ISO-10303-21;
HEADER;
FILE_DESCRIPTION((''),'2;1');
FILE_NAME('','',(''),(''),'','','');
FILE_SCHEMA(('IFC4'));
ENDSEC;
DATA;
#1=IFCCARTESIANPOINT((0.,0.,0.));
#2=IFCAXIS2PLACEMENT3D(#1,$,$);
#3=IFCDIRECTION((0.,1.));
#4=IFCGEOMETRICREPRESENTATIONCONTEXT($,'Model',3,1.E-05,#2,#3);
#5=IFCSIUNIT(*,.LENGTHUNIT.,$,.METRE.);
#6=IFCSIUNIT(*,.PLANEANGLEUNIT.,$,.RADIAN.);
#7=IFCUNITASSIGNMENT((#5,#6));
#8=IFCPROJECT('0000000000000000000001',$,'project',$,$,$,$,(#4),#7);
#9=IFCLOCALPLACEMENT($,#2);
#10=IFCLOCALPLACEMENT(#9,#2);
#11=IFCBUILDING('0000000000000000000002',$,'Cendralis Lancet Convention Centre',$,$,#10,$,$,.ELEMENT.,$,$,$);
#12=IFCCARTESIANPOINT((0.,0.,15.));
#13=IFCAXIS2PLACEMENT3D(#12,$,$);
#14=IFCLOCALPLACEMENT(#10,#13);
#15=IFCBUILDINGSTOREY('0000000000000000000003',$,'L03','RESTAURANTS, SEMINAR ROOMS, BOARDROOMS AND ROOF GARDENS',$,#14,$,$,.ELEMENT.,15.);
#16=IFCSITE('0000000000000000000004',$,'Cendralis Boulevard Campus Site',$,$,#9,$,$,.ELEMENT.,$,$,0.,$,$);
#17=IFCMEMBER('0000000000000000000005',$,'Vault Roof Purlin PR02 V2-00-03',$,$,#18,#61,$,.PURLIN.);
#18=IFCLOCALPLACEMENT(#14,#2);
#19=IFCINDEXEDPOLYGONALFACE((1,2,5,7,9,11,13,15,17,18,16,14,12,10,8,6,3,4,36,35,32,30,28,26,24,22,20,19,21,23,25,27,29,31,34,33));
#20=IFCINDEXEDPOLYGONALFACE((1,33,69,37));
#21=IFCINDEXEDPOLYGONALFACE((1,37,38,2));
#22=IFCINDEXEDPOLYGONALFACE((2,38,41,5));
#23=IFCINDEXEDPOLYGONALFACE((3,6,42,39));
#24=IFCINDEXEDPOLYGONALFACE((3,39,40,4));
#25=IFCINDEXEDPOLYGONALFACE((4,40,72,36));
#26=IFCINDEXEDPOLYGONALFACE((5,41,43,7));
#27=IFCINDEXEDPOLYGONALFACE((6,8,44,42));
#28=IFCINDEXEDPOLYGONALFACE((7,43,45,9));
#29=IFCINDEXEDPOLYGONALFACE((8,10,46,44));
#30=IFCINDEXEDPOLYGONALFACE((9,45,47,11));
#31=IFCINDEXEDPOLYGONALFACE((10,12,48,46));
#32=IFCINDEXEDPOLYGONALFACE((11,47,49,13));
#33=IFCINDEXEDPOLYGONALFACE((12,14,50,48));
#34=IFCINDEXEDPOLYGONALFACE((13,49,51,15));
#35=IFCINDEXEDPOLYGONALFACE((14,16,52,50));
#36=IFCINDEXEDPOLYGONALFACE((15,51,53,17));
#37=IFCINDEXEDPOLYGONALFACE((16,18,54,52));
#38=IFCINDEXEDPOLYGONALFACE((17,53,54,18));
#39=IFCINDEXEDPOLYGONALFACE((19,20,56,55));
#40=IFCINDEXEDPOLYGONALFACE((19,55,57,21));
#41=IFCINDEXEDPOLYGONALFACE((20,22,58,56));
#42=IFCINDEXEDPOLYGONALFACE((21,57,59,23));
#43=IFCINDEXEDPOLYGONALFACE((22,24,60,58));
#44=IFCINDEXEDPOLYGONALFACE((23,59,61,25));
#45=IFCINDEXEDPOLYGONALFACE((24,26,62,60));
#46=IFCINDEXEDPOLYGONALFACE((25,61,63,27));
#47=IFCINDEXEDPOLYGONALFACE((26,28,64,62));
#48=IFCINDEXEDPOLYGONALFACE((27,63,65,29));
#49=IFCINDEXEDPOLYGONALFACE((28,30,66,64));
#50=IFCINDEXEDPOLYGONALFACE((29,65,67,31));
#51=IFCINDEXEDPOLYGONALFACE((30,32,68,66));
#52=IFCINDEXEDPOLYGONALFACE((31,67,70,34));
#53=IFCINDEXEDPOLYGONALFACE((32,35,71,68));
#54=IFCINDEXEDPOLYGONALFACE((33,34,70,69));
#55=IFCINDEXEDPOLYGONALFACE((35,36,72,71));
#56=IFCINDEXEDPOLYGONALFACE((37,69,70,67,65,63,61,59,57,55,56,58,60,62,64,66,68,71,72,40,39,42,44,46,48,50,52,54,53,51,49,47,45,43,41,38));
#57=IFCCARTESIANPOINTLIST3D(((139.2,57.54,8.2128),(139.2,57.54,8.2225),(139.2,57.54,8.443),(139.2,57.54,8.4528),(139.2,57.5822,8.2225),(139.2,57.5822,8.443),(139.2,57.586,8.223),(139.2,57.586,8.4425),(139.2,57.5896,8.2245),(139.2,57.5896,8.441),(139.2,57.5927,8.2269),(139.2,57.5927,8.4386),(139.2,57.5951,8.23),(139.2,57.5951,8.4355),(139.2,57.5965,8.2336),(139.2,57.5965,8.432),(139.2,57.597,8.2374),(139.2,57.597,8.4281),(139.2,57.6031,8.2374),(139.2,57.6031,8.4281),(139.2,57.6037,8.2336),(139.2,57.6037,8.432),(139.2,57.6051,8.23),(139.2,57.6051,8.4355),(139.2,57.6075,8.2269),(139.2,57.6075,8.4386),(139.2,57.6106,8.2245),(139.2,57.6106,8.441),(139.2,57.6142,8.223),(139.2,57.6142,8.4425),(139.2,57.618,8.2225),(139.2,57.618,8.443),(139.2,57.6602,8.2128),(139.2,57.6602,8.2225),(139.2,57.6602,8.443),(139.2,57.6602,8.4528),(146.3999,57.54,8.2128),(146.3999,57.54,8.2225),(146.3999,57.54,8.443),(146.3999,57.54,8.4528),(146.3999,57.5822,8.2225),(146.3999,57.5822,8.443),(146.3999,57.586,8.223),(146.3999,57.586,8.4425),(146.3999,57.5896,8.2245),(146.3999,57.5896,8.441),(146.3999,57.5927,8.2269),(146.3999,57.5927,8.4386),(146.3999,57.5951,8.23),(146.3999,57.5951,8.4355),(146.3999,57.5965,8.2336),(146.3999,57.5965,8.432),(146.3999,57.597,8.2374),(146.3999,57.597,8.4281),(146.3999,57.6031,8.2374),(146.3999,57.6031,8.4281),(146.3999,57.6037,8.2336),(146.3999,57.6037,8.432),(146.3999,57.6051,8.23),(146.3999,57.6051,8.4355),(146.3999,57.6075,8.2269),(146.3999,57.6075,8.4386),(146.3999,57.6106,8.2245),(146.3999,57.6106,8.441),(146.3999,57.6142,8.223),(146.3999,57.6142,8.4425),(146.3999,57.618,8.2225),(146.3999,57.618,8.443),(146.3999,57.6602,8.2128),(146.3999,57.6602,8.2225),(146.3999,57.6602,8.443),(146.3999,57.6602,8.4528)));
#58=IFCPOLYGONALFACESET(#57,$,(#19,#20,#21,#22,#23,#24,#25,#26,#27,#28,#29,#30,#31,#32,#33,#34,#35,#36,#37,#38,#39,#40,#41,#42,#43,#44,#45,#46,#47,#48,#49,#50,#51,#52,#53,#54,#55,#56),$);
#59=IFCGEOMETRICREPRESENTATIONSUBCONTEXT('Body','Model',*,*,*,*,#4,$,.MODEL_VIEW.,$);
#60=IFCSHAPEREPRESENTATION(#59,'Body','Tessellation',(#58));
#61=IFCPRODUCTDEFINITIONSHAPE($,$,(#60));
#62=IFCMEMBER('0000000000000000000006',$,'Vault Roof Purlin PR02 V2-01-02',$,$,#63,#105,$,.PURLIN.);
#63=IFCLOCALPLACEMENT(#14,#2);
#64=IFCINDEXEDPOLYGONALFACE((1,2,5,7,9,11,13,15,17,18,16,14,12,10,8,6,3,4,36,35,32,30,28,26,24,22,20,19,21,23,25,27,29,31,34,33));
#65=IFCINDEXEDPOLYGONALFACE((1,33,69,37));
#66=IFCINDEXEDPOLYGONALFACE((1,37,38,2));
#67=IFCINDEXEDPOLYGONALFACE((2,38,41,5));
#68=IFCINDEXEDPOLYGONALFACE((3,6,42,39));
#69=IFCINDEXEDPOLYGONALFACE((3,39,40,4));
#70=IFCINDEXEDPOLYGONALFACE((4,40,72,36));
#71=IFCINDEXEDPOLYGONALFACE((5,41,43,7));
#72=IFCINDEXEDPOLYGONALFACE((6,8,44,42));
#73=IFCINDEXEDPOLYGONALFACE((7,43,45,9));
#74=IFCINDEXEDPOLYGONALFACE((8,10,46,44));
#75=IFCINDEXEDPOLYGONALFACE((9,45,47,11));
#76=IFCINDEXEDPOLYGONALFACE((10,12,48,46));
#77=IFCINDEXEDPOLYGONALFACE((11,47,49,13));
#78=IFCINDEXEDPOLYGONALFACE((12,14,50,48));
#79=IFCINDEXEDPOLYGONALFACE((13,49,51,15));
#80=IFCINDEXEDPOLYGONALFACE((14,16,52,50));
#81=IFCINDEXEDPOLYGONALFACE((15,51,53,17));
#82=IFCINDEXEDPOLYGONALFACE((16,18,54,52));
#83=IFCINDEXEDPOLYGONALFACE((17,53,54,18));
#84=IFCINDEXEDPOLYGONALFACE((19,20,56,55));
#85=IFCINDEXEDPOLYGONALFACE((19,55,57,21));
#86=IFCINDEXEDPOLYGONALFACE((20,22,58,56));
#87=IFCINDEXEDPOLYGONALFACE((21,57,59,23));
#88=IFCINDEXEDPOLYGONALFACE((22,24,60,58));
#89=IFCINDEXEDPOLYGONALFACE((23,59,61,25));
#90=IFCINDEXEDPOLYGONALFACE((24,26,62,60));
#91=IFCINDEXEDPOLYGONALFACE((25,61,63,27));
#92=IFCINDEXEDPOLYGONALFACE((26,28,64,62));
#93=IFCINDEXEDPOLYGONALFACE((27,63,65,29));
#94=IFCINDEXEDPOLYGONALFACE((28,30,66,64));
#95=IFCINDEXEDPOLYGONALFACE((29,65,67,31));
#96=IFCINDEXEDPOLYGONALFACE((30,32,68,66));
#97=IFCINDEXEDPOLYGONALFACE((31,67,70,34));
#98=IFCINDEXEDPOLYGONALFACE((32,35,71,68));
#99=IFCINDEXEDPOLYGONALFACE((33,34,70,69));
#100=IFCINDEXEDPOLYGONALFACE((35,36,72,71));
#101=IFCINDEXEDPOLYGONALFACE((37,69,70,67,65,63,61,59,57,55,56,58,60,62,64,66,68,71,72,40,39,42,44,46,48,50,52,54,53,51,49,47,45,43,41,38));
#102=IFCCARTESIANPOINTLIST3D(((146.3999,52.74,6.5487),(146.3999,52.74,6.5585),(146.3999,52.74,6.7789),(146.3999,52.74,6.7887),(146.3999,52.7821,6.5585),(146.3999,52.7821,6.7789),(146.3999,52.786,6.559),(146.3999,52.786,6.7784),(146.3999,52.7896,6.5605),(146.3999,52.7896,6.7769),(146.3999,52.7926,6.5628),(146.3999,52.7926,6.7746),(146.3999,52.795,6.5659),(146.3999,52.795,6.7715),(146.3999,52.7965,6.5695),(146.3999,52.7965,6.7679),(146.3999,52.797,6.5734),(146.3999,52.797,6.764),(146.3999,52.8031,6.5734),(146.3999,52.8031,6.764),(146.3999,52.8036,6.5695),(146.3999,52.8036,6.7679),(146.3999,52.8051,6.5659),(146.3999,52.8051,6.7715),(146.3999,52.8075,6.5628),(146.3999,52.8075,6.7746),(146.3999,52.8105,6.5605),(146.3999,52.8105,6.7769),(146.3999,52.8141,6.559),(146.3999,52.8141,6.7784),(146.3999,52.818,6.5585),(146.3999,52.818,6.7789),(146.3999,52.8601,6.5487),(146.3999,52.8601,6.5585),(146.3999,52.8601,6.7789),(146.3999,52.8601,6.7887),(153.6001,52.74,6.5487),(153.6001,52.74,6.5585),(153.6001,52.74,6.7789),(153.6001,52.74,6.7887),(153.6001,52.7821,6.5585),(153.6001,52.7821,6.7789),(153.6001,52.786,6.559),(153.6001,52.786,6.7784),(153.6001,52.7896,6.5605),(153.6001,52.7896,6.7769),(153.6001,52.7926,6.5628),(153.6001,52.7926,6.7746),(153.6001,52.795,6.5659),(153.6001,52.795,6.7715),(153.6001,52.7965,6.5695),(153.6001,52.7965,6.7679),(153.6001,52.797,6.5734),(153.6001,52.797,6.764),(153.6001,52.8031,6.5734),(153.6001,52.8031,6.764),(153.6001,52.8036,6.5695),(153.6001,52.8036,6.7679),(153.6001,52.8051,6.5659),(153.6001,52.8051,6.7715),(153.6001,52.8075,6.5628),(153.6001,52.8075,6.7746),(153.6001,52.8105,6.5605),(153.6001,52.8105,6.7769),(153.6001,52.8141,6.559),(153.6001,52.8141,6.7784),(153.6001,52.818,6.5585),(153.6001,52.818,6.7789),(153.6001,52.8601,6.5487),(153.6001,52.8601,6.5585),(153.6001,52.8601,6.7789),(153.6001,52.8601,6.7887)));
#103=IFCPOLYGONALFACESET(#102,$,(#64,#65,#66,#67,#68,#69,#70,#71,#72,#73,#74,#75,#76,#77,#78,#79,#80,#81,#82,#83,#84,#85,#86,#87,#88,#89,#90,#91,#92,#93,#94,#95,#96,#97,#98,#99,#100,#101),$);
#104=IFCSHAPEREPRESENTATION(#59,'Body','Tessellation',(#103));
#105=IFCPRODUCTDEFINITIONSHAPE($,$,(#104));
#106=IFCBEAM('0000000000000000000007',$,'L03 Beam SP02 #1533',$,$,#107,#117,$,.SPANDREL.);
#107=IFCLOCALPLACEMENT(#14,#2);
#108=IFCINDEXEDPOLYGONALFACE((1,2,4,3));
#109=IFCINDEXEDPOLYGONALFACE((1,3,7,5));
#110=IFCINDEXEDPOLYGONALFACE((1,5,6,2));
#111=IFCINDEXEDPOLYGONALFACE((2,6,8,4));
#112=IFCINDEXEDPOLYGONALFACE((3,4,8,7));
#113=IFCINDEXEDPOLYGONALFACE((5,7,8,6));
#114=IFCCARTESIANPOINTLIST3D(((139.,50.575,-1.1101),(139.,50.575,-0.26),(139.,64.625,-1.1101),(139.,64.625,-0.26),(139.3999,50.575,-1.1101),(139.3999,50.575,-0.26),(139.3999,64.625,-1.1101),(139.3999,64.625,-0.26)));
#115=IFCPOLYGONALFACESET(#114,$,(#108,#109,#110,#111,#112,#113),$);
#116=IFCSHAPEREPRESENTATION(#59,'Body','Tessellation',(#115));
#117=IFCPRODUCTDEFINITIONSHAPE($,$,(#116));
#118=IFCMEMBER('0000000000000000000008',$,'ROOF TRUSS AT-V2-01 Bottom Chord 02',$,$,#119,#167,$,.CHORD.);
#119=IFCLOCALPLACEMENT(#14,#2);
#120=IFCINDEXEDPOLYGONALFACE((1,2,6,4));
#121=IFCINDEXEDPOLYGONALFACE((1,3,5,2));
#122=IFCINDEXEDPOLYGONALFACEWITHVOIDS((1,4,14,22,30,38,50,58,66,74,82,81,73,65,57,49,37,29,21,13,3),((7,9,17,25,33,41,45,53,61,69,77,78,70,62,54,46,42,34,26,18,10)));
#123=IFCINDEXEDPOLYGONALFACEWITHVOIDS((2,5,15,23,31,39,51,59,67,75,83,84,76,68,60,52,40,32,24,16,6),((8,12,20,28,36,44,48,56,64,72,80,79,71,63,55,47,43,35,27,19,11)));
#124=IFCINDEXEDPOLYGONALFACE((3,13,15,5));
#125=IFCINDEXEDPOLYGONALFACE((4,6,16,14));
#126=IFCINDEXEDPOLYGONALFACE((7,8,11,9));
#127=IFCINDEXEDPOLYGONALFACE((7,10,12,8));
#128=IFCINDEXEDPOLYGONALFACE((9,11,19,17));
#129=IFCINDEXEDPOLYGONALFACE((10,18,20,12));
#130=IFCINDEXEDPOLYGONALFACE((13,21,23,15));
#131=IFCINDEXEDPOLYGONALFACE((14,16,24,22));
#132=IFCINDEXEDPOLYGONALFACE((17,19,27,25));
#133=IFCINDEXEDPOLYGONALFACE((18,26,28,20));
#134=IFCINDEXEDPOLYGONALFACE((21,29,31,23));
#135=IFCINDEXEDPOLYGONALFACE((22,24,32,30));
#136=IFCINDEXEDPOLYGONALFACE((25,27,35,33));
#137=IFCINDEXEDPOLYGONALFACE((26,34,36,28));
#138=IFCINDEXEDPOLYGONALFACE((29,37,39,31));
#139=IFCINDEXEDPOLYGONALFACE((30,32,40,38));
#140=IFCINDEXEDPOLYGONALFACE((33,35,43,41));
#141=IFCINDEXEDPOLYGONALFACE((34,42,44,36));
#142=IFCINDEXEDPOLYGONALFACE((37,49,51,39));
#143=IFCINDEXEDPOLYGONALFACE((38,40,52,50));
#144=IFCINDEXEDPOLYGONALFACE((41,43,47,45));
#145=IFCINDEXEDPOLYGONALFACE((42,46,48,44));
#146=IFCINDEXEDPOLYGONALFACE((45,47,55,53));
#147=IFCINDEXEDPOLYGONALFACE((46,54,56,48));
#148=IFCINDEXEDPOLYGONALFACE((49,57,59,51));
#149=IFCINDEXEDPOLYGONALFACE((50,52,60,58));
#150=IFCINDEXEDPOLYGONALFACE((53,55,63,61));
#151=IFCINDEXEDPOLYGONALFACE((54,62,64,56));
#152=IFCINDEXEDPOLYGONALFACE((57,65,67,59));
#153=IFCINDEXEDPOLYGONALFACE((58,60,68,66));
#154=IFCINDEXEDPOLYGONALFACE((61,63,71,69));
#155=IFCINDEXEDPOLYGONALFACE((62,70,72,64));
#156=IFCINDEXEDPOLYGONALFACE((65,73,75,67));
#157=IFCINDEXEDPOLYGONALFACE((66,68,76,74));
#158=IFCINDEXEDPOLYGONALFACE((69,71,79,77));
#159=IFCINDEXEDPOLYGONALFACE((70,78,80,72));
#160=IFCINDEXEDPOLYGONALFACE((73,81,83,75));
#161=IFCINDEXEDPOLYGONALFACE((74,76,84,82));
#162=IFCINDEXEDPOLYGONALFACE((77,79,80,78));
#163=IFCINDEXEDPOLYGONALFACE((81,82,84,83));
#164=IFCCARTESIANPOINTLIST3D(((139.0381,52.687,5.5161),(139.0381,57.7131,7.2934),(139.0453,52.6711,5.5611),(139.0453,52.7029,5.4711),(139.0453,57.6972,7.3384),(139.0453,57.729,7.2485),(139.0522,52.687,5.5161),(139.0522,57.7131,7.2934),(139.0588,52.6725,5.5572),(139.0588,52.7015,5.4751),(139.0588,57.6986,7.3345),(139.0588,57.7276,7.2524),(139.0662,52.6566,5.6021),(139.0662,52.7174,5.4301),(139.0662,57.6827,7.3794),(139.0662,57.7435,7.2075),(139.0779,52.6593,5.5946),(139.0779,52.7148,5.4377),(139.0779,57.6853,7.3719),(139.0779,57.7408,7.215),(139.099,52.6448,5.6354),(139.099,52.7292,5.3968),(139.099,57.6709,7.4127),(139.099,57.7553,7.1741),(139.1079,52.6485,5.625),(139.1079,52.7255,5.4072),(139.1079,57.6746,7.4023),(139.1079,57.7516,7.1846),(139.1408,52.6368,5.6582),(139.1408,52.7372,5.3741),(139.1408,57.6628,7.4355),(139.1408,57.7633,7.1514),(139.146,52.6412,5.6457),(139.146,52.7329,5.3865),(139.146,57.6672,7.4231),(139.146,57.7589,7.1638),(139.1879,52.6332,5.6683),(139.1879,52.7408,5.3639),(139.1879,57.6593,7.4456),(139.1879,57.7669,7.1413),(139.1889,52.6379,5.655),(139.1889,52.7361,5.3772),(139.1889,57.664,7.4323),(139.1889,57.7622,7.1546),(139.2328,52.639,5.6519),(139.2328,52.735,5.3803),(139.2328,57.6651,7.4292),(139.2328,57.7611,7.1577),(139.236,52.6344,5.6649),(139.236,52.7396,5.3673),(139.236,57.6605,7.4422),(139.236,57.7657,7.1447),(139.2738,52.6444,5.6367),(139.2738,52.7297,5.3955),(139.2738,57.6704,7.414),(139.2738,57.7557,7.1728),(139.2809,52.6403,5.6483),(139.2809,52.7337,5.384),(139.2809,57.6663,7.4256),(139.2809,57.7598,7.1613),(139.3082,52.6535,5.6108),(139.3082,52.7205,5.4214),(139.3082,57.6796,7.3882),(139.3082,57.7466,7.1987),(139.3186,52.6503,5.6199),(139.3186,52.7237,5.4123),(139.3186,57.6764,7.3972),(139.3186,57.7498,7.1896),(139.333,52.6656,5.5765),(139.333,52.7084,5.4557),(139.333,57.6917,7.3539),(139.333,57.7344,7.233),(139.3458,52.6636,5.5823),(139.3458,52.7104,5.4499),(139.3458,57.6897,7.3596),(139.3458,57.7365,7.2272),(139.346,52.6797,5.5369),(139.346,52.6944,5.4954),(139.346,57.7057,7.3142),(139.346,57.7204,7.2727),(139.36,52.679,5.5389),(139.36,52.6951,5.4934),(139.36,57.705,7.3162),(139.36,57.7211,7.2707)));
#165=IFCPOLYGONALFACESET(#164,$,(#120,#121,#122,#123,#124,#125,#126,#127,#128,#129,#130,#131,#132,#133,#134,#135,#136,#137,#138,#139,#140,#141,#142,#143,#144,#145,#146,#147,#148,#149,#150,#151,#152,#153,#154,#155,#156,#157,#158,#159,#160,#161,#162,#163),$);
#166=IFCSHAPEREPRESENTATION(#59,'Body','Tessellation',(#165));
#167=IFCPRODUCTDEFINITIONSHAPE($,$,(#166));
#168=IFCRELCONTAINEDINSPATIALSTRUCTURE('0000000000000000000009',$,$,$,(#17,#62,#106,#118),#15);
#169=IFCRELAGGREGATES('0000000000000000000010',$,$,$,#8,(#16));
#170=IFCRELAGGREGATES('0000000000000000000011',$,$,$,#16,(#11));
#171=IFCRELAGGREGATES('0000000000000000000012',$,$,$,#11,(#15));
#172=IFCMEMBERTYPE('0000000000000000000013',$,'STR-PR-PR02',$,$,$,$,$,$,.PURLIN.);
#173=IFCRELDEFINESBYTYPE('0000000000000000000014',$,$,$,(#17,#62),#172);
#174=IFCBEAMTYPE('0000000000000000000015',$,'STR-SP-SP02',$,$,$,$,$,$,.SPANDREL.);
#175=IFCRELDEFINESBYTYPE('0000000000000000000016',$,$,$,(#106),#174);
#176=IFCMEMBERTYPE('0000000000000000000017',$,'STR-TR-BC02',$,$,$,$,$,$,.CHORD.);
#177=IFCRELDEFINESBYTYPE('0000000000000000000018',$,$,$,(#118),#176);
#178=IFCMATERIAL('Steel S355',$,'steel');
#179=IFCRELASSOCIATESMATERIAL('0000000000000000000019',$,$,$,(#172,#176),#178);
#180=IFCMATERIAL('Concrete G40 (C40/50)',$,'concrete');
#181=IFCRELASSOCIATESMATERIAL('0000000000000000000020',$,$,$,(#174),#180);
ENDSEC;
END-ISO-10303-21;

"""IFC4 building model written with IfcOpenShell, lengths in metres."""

from ifc_helpers import new_model, si_unit, direction, frame, origin, origin_2d, place, context, subcontext, project, spatial, rectangle, hollow_circle, i_section, extrude, material, material_profile, profile_set, type_object, element, save


model = new_model("IFC4")

# Units and contexts
model_context = context("Model", 3, precision=1e-05, world=origin(), true_north=direction((0.0, 1.0)))
body_context = subcontext(model_context, "Body", "Model", "MODEL_VIEW")
ifc_project = project(units=[si_unit("LENGTHUNIT", "METRE"), si_unit("PLANEANGLEUNIT", "RADIAN")], contexts=[model_context])

# Site, building, storey
site_placement = place(None, origin())
site = spatial("IfcSite", under=ifc_project, at=site_placement, Name="Cendralis Boulevard Campus Site", CompositionType="ELEMENT", RefElevation=0.0)
building_placement = place(site_placement, origin())
building = spatial("IfcBuilding", under=site, at=building_placement, Name="Cendralis Lancet Convention Centre", CompositionType="ELEMENT")
storey_placement = place(building_placement, frame((0.0, 0.0, 15.0)))
storey = spatial("IfcBuildingStorey", under=building, at=storey_placement, Name="L03", Description="RESTAURANTS, SEMINAR ROOMS, BOARDROOMS AND ROOF GARDENS", CompositionType="ELEMENT", Elevation=15.0)

# Shared definitions
ifc_material_1 = material(Name="Steel S355", Category="steel")

# Shared definitions
ifc_material_2 = material(Name="Concrete G40 (C40/50)", Category="concrete")

# Members
ifc_material_profile_1 = material_profile(ifc_material_1, i_section(OverallWidth=0.1201, OverallDepth=0.24, WebThickness=0.0061, FlangeThickness=0.0098, FilletRadius=0.0149, at=origin_2d()), Name="IPE 240")
ifc_profile_set_1 = profile_set([ifc_material_profile_1], Name="Steel S355")
member_type_1 = type_object("IfcMemberType", Name="STR-PR-PR02", PredefinedType="PURLIN", material=ifc_profile_set_1)
for number, where, z_axis, x_axis, name in (
    (1, (139.2, 57.6001, 8.3328), (1.0, 0.0, 0.0), (0.0, 1.0, 0.0), "Vault Roof Purlin PR02 V2-00-03"),
):
    element("IfcMember", number, at=place(storey_placement, frame(where, z_axis=z_axis, x_axis=x_axis)), inside=storey, type_object=member_type_1, Name=name, PredefinedType="PURLIN", context=body_context, shape_type="SweptSolid", body=[
        extrude(i_section(OverallWidth=0.1201, OverallDepth=0.24, WebThickness=0.0061, FlangeThickness=0.0098, FilletRadius=0.0149, at=origin_2d()), origin(), (0.0, 0.0, 1.0), 7.2),
    ])
member_1_placement = place(storey_placement, frame((146.3999, 52.8, 6.6687), z_axis=(1.0, 0.0, 0.0), x_axis=(0.0, 1.0, 0.0)))
element("IfcMember", 2, at=member_1_placement, inside=storey, type_object=member_type_1, Name="Vault Roof Purlin PR02 V2-01-02", PredefinedType="PURLIN", context=body_context, shape_type="SweptSolid", body=[
    extrude(i_section(OverallWidth=0.1201, OverallDepth=0.24, WebThickness=0.0061, FlangeThickness=0.0098, FilletRadius=0.0149, at=origin_2d()), origin(), (0.0, 0.0, 1.0), 7.2002),
])

# Beam
ifc_material_profile_2 = material_profile(ifc_material_2, rectangle(XDim=0.3999, YDim=0.8501, at=origin_2d()), Name="RCB 400x850")
ifc_profile_set_2 = profile_set([ifc_material_profile_2], Name="Concrete G40 (C40/50)")
beam_type_1 = type_object("IfcBeamType", Name="STR-SP-SP02", PredefinedType="SPANDREL", material=ifc_profile_set_2)
beam_1_placement = place(storey_placement, frame((139.2, 50.575, -0.6851), z_axis=(0.0, 1.0, 0.0), x_axis=(-1.0, 0.0, 0.0)))
element("IfcBeam", 3, at=beam_1_placement, inside=storey, type_object=beam_type_1, Name="L03 Beam SP02 #1533", PredefinedType="SPANDREL", context=body_context, shape_type="SweptSolid", body=[
    extrude(rectangle(XDim=0.3999, YDim=0.8501, at=origin_2d()), origin(), (0.0, 0.0, 1.0), 14.05),
])

# Member
ifc_material_profile_3 = material_profile(ifc_material_1, hollow_circle(Radius=0.1619, WallThickness=0.0142, at=origin_2d()), Name="CHS 323.9x14.2")
ifc_profile_set_3 = profile_set([ifc_material_profile_3], Name="Steel S355")
member_type_2 = type_object("IfcMemberType", Name="STR-TR-BC02", PredefinedType="CHORD", material=ifc_profile_set_3)
member_2_placement = place(storey_placement, frame((139.2, 52.687, 5.5161), z_axis=(0.0, 0.942789, 0.33339), x_axis=(-1.0, 0.0, 0.0)))
element("IfcMember", 4, at=member_2_placement, inside=storey, type_object=member_type_2, Name="ROOF TRUSS AT-V2-01 Bottom Chord 02", PredefinedType="CHORD", context=body_context, shape_type="SweptSolid", body=[
    extrude(hollow_circle(Radius=0.1619, WallThickness=0.0142, at=origin_2d()), origin(), (0.0, 0.0, 1.0), 5.3311),
])

save(model, "model.ifc")
